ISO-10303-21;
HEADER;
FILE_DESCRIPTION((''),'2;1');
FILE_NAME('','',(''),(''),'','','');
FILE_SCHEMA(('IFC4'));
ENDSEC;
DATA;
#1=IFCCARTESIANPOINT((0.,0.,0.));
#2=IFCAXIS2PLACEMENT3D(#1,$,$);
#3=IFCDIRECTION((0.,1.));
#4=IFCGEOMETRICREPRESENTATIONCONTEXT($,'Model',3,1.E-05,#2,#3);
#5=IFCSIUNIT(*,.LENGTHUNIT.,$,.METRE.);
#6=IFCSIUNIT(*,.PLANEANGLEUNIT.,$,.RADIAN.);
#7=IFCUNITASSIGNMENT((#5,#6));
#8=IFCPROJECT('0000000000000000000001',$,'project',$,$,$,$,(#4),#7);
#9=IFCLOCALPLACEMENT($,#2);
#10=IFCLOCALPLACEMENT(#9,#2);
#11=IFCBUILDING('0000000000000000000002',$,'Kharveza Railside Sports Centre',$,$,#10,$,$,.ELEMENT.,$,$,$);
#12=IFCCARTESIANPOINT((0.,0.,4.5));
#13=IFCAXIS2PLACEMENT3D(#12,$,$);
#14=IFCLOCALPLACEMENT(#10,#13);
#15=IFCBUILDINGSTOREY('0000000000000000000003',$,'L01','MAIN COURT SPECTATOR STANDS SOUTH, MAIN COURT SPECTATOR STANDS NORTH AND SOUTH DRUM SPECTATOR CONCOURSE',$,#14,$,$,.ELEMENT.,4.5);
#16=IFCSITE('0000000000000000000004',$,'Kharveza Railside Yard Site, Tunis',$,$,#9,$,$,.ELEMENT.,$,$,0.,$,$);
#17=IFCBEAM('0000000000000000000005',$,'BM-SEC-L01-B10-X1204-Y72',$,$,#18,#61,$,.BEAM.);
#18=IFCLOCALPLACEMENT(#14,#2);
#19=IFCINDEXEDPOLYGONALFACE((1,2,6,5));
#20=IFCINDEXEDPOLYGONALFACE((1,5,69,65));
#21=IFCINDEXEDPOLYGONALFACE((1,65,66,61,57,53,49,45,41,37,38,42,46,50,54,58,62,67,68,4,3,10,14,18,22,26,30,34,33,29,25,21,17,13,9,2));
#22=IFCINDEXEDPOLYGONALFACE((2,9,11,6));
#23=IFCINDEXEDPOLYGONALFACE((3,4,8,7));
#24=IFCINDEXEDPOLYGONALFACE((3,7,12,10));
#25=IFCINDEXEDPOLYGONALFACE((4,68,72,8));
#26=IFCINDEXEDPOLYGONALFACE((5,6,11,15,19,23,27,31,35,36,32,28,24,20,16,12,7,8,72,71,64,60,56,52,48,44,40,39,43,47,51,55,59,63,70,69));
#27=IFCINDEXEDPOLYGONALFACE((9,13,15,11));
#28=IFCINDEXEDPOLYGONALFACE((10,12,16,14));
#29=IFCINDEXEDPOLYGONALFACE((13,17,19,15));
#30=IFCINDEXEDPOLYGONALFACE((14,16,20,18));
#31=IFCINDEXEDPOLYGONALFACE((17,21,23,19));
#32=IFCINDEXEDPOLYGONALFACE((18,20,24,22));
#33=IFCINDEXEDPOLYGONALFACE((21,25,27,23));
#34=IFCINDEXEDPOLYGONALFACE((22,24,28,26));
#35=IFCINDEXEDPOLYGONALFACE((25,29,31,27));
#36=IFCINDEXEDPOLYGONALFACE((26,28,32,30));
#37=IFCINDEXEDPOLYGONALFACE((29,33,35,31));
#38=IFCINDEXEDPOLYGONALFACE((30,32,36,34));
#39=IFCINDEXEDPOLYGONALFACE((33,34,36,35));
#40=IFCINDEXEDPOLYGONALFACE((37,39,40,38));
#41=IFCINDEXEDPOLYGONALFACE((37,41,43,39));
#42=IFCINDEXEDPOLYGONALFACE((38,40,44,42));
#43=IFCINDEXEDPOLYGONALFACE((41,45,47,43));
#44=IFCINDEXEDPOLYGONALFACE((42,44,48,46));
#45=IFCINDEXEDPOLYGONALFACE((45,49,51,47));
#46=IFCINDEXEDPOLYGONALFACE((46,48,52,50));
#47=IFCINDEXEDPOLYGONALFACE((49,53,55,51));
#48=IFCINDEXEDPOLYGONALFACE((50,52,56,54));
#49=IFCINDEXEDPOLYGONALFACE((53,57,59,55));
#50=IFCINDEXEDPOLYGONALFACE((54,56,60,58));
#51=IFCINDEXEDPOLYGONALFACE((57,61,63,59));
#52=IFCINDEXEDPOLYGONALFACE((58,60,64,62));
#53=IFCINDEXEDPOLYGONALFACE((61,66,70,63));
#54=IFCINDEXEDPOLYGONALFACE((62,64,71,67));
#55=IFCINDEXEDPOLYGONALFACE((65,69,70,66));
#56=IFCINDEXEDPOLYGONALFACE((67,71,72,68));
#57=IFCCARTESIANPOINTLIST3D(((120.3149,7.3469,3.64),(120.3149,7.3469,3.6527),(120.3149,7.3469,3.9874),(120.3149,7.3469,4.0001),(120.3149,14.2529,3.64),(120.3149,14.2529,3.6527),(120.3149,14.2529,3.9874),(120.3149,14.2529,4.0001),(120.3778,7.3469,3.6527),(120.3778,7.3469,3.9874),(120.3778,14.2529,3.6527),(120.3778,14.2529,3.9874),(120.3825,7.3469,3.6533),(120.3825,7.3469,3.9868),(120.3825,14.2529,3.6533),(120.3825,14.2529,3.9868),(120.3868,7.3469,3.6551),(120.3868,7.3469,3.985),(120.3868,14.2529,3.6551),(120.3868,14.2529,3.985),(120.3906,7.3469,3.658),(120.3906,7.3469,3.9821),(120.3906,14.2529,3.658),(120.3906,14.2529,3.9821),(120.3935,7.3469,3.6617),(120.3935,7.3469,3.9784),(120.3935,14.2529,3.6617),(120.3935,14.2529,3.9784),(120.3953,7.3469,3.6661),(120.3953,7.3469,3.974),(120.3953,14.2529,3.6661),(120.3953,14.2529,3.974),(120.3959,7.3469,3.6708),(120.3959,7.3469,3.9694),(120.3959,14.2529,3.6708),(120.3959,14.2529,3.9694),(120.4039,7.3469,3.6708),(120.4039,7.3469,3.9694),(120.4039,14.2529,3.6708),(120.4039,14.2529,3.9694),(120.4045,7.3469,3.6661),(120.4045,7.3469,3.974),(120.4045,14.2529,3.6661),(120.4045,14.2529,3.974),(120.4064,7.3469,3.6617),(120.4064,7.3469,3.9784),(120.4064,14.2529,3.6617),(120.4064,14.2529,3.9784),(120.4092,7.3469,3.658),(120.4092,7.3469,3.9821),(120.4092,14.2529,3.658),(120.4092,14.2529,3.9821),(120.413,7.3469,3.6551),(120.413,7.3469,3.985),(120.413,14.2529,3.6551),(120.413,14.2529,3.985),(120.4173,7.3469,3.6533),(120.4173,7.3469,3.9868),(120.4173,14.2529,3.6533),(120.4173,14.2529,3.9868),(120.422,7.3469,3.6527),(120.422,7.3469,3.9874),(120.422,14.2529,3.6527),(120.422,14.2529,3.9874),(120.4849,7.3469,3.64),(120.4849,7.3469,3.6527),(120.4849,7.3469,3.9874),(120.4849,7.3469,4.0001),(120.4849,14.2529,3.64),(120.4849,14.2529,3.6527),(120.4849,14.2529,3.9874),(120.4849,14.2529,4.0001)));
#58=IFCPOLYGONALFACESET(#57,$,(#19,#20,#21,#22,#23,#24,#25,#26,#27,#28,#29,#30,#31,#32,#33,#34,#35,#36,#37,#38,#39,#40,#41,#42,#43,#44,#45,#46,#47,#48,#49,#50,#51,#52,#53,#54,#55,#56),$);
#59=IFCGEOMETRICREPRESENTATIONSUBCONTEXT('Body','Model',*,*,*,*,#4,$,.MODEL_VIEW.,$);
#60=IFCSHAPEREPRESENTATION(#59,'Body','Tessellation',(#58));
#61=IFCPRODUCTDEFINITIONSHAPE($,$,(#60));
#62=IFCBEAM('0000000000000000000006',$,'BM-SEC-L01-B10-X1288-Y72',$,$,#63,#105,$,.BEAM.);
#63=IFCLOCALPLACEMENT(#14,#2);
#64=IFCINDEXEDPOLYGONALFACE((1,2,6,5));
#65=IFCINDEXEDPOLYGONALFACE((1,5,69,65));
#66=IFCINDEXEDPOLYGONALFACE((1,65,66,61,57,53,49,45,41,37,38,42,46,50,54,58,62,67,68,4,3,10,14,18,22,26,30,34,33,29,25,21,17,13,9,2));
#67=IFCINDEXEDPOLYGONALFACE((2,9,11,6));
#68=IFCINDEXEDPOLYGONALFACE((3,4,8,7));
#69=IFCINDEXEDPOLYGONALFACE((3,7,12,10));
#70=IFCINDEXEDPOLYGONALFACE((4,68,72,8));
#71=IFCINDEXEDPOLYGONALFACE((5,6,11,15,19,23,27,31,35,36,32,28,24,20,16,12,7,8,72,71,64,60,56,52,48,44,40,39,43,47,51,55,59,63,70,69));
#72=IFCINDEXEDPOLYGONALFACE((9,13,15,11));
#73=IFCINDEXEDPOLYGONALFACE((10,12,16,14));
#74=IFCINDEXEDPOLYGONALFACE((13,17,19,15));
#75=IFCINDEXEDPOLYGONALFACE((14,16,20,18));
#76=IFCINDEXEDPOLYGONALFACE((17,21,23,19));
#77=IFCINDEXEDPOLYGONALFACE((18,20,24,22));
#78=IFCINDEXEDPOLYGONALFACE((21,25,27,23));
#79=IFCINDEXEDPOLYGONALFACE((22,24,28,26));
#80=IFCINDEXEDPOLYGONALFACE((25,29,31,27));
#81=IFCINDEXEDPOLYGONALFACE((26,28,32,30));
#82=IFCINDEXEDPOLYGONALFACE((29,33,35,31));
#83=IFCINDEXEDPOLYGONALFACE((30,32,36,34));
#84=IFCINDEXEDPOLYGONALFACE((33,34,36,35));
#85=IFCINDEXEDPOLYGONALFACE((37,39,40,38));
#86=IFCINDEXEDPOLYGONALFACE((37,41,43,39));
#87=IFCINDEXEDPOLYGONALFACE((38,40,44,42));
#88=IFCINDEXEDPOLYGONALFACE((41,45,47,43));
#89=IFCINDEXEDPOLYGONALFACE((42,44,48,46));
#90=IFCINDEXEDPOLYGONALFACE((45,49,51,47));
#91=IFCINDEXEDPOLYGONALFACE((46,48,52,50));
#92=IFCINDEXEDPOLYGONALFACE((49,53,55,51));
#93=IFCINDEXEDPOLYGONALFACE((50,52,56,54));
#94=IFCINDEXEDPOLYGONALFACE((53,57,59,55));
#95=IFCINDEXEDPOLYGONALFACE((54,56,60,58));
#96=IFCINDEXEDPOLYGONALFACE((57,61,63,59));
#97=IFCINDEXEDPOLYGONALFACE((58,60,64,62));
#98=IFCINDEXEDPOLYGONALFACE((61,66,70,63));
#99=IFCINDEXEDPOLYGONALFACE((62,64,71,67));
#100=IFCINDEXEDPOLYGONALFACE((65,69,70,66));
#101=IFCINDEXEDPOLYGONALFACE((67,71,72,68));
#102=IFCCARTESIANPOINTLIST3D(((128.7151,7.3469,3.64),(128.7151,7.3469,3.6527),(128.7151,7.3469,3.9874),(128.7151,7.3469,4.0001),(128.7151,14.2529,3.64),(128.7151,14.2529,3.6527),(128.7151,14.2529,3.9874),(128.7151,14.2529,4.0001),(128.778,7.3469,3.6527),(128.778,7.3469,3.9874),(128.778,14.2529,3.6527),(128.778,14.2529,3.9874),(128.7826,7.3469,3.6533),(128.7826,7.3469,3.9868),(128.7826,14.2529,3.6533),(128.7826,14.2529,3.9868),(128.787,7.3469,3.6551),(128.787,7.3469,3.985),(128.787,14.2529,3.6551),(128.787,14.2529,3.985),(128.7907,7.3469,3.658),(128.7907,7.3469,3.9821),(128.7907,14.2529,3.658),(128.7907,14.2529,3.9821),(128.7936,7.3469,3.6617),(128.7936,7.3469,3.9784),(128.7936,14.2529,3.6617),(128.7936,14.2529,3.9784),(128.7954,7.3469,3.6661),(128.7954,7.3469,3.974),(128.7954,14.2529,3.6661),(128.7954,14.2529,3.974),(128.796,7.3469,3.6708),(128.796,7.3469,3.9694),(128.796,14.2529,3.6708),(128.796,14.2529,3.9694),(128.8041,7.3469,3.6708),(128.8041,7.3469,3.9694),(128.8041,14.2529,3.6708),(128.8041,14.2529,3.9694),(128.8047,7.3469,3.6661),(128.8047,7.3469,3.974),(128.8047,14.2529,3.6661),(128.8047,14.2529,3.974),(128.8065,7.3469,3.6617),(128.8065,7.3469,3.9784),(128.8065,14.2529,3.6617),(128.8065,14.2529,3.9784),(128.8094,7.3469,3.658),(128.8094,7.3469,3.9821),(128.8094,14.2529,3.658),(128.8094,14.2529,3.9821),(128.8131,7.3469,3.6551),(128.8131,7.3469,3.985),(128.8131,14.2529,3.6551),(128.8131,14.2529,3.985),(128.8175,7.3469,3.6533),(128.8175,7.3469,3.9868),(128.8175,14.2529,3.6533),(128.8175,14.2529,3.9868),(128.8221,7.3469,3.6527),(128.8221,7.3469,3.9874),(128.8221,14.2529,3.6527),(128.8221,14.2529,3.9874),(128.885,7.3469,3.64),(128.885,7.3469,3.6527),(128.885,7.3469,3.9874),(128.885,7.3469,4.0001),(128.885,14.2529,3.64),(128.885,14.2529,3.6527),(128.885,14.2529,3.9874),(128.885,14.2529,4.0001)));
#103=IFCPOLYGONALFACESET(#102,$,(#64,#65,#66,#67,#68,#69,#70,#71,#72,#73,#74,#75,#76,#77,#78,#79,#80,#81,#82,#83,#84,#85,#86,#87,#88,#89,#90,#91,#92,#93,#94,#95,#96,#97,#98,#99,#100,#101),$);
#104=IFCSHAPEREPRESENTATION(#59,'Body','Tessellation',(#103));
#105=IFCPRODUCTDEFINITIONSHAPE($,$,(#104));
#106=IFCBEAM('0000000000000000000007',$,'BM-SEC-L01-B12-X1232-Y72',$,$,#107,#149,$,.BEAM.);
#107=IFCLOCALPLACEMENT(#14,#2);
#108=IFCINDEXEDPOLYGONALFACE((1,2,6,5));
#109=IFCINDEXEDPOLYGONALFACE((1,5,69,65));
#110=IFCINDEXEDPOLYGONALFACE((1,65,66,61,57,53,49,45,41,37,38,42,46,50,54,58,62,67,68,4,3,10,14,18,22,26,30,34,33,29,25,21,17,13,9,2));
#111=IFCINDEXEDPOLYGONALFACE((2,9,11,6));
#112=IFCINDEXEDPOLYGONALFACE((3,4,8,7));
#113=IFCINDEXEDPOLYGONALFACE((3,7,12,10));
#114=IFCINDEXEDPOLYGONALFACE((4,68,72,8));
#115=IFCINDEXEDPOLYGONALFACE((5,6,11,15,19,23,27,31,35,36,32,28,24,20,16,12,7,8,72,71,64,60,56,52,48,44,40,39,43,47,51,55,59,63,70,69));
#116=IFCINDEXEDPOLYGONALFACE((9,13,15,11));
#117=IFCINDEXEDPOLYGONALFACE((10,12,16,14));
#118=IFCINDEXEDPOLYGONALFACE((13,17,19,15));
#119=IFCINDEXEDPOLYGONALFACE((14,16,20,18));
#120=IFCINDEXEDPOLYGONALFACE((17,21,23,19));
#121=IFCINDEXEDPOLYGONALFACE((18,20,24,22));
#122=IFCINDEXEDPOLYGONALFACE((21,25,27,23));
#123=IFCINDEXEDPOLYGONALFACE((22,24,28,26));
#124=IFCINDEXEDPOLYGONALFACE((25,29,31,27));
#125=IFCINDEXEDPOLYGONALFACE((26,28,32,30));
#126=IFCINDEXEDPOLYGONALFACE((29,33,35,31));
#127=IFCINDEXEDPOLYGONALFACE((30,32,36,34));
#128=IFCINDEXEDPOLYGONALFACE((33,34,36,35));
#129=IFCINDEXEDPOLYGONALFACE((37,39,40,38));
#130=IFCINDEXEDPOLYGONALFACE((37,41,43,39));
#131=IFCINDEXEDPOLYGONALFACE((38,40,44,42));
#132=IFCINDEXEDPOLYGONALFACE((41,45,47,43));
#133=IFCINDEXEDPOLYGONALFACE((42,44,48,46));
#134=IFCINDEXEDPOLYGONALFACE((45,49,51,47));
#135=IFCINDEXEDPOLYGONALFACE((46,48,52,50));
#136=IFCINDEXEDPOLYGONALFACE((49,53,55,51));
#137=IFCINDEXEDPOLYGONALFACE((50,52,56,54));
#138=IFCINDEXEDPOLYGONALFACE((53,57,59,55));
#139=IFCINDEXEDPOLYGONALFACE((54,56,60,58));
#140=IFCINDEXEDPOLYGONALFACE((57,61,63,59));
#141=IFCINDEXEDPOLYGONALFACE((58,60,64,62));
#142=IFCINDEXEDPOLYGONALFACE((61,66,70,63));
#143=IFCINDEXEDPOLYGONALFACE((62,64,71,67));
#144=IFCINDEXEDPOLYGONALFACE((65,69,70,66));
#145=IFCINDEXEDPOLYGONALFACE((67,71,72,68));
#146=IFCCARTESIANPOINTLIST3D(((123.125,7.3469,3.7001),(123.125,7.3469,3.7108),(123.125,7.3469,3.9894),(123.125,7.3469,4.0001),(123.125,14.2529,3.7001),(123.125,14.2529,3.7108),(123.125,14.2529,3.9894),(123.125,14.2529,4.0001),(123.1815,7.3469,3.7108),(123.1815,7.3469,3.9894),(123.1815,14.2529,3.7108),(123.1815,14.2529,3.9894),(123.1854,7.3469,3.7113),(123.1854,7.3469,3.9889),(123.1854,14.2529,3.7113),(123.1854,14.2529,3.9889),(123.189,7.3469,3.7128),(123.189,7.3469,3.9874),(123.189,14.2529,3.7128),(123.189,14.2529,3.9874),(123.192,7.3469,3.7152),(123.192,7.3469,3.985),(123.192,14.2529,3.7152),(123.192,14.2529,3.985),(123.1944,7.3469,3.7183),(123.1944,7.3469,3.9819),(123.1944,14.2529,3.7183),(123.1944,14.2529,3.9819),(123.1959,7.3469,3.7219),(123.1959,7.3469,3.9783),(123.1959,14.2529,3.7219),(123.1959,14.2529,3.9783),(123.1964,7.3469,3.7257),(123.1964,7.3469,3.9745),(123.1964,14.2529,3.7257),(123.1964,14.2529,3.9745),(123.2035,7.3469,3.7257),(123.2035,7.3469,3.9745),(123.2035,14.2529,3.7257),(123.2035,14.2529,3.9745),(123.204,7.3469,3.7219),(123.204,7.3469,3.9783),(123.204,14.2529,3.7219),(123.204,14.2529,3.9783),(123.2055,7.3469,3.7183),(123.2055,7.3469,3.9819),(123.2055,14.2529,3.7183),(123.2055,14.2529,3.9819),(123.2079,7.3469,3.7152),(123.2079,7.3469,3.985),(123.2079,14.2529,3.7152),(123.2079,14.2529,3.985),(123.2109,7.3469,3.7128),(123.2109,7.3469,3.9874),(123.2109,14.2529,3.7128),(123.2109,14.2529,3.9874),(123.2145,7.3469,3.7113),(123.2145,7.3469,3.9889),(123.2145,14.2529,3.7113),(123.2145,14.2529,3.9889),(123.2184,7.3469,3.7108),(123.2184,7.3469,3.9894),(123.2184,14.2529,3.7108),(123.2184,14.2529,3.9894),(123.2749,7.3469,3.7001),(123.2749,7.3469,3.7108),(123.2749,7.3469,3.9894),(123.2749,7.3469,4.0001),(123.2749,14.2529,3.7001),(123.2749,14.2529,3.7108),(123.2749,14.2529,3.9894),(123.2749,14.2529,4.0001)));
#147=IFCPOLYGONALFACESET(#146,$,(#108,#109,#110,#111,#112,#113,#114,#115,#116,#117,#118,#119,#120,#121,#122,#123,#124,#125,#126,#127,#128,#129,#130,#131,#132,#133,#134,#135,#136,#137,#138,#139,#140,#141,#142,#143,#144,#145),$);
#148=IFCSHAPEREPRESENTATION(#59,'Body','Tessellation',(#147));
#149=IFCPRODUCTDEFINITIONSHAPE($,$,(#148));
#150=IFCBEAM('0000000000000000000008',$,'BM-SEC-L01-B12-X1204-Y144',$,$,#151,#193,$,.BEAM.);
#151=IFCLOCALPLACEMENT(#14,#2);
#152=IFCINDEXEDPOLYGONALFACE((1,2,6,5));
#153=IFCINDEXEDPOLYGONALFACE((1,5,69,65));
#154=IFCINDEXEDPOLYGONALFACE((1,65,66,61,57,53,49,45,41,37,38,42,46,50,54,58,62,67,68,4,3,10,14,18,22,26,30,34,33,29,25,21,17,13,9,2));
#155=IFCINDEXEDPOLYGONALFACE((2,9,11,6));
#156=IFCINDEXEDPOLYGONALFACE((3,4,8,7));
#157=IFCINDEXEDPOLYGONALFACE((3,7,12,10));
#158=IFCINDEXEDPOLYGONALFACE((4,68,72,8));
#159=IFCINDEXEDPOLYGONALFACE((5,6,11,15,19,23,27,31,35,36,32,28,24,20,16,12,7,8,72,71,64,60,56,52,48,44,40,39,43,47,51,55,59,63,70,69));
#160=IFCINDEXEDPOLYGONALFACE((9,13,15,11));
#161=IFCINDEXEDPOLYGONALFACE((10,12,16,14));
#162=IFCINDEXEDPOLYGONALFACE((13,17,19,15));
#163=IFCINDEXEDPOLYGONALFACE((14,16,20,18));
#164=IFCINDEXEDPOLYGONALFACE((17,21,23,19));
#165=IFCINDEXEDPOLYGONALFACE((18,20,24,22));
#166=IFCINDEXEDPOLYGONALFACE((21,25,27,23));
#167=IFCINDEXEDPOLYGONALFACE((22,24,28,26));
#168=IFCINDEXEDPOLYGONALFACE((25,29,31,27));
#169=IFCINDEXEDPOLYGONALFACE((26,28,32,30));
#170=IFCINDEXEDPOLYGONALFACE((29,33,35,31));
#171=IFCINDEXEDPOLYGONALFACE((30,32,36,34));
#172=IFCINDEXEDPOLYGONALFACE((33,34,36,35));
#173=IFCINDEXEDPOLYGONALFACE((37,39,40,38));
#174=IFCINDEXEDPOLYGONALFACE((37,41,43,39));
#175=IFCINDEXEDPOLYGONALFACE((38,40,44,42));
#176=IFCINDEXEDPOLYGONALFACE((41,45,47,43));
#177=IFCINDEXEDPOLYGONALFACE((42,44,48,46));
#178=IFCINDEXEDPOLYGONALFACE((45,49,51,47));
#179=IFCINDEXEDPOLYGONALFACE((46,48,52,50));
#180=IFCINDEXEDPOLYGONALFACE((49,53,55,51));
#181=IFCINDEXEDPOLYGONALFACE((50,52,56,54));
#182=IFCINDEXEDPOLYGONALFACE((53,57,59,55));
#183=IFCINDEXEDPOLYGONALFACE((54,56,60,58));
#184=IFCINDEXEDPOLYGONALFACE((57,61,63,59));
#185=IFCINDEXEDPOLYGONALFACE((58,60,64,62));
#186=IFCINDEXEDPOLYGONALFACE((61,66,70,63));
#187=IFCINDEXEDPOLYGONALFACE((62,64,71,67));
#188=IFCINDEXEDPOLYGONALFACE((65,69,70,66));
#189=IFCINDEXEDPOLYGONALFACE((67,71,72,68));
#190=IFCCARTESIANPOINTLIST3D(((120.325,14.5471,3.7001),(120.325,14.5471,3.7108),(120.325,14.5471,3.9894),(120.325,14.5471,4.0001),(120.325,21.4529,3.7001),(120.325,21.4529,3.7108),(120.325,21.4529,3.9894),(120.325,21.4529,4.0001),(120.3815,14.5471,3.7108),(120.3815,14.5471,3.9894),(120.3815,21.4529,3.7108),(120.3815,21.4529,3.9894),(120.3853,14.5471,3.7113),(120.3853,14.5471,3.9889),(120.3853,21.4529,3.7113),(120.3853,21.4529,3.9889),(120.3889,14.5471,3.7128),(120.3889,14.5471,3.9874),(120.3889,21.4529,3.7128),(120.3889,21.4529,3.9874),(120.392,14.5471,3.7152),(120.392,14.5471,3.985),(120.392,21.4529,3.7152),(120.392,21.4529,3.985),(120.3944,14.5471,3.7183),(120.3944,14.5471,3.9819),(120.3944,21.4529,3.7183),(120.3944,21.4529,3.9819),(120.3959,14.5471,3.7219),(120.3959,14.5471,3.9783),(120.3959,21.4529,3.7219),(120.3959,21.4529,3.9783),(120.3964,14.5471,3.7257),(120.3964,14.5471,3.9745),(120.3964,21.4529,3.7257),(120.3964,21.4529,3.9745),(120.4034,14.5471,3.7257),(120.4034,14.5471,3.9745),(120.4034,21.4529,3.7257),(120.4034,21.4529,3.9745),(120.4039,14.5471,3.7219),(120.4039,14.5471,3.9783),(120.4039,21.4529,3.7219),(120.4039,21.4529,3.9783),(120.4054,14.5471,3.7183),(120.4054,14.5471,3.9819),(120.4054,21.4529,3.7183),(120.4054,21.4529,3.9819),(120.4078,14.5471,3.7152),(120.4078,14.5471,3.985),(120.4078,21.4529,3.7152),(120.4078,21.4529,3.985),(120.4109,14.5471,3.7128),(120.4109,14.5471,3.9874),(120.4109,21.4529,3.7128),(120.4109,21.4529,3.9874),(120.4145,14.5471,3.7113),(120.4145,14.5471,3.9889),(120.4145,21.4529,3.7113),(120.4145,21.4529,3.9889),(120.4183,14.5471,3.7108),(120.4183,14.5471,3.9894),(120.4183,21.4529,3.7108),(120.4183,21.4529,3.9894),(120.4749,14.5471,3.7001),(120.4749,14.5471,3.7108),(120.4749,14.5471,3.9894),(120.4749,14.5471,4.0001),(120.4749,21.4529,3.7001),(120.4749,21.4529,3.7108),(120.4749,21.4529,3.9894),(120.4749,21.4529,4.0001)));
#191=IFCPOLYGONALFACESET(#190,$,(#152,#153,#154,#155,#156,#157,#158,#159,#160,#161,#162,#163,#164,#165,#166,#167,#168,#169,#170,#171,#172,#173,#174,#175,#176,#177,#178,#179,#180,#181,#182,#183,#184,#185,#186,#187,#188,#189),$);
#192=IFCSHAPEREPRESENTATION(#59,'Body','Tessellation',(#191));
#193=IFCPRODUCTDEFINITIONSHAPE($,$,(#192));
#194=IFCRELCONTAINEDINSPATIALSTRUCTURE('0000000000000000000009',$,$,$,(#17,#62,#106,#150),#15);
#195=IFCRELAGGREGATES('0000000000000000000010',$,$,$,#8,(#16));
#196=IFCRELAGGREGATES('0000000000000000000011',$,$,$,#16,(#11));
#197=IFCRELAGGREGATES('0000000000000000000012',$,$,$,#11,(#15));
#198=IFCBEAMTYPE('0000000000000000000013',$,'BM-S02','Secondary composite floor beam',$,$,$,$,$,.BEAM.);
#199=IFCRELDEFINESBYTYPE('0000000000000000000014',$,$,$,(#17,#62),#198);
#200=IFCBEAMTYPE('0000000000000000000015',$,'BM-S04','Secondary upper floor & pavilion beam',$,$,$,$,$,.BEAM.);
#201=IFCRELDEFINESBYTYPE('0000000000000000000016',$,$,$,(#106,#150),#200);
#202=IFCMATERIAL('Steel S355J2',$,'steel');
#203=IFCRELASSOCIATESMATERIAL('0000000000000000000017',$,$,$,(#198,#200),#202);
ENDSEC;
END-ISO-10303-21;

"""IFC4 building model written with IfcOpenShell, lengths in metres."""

from ifc_helpers import new_model, si_unit, direction, frame, origin, origin_2d, place, context, subcontext, project, spatial, i_section, extrude, material, material_profile, profile_set, type_object, element, save


model = new_model("IFC4")

# Units and contexts
model_context = context("Model", 3, precision=1e-05, world=origin(), true_north=direction((0.0, 1.0)))
body_context = subcontext(model_context, "Body", "Model", "MODEL_VIEW")
ifc_project = project(units=[si_unit("LENGTHUNIT", "METRE"), si_unit("PLANEANGLEUNIT", "RADIAN")], contexts=[model_context])

# Site, building, storey
site_placement = place(None, origin())
site = spatial("IfcSite", under=ifc_project, at=site_placement, Name="Kharveza Railside Yard Site, Tunis", CompositionType="ELEMENT", RefElevation=0.0)
building_placement = place(site_placement, origin())
building = spatial("IfcBuilding", under=site, at=building_placement, Name="Kharveza Railside Sports Centre", CompositionType="ELEMENT")
storey_placement = place(building_placement, frame((0.0, 0.0, 4.5)))
storey = spatial("IfcBuildingStorey", under=building, at=storey_placement, Name="L01", Description="MAIN COURT SPECTATOR STANDS SOUTH, MAIN COURT SPECTATOR STANDS NORTH AND SOUTH DRUM SPECTATOR CONCOURSE", CompositionType="ELEMENT", Elevation=4.5)

# Shared definitions
ifc_material_1 = material(Name="Steel S355J2", Category="steel")

# Beams
ifc_material_profile_1 = material_profile(ifc_material_1, i_section(OverallWidth=0.1699, OverallDepth=0.3601, WebThickness=0.0081, FlangeThickness=0.0127, FilletRadius=0.0181, at=origin_2d()), Name="IPE 360")
ifc_profile_set_1 = profile_set([ifc_material_profile_1], Name="Steel S355J2")
beam_type_1 = type_object("IfcBeamType", Name="BM-S02", Description="Secondary composite floor beam", PredefinedType="BEAM", material=ifc_profile_set_1)
for number, where, z_axis, x_axis, name in (
    (1, (120.3999, 7.3469, 3.8201), (0.0, 1.0, 0.0), (-1.0, 0.0, 0.0), "BM-SEC-L01-B10-X1204-Y72"),
    (2, (128.8, 7.3469, 3.8201), (0.0, 1.0, 0.0), (-1.0, 0.0, 0.0), "BM-SEC-L01-B10-X1288-Y72"),
):
    element("IfcBeam", number, at=place(storey_placement, frame(where, z_axis=z_axis, x_axis=x_axis)), inside=storey, type_object=beam_type_1, Name=name, PredefinedType="BEAM", context=body_context, shape_type="SweptSolid", body=[
        extrude(i_section(OverallWidth=0.1699, OverallDepth=0.3601, WebThickness=0.0081, FlangeThickness=0.0127, FilletRadius=0.0181, at=origin_2d()), origin(), (0.0, 0.0, 1.0), 6.906),
    ])
ifc_material_profile_2 = material_profile(ifc_material_1, i_section(OverallWidth=0.1499, OverallDepth=0.3, WebThickness=0.0071, FlangeThickness=0.0107, FilletRadius=0.0149, at=origin_2d()), Name="IPE 300")
ifc_profile_set_2 = profile_set([ifc_material_profile_2], Name="Steel S355J2")
beam_type_2 = type_object("IfcBeamType", Name="BM-S04", Description="Secondary upper floor & pavilion beam", PredefinedType="BEAM", material=ifc_profile_set_2)
beam_1_placement = place(storey_placement, frame((123.2, 7.3469, 3.8501), z_axis=(0.0, 1.0, 0.0), x_axis=(-1.0, 0.0, 0.0)))
element("IfcBeam", 3, at=beam_1_placement, inside=storey, type_object=beam_type_2, Name="BM-SEC-L01-B12-X1232-Y72", PredefinedType="BEAM", context=body_context, shape_type="SweptSolid", body=[
    extrude(i_section(OverallWidth=0.1499, OverallDepth=0.3, WebThickness=0.0071, FlangeThickness=0.0107, FilletRadius=0.0149, at=origin_2d()), origin(), (0.0, 0.0, 1.0), 6.906),
])
beam_2_placement = place(storey_placement, frame((120.3999, 14.5471, 3.8501), z_axis=(0.0, 1.0, 0.0), x_axis=(-1.0, 0.0, 0.0)))
element("IfcBeam", 4, at=beam_2_placement, inside=storey, type_object=beam_type_2, Name="BM-SEC-L01-B12-X1204-Y144", PredefinedType="BEAM", context=body_context, shape_type="SweptSolid", body=[
    extrude(i_section(OverallWidth=0.1499, OverallDepth=0.3, WebThickness=0.0071, FlangeThickness=0.0107, FilletRadius=0.0149, at=origin_2d()), origin(), (0.0, 0.0, 1.0), 6.9058),
])

save(model, "model.ifc")
